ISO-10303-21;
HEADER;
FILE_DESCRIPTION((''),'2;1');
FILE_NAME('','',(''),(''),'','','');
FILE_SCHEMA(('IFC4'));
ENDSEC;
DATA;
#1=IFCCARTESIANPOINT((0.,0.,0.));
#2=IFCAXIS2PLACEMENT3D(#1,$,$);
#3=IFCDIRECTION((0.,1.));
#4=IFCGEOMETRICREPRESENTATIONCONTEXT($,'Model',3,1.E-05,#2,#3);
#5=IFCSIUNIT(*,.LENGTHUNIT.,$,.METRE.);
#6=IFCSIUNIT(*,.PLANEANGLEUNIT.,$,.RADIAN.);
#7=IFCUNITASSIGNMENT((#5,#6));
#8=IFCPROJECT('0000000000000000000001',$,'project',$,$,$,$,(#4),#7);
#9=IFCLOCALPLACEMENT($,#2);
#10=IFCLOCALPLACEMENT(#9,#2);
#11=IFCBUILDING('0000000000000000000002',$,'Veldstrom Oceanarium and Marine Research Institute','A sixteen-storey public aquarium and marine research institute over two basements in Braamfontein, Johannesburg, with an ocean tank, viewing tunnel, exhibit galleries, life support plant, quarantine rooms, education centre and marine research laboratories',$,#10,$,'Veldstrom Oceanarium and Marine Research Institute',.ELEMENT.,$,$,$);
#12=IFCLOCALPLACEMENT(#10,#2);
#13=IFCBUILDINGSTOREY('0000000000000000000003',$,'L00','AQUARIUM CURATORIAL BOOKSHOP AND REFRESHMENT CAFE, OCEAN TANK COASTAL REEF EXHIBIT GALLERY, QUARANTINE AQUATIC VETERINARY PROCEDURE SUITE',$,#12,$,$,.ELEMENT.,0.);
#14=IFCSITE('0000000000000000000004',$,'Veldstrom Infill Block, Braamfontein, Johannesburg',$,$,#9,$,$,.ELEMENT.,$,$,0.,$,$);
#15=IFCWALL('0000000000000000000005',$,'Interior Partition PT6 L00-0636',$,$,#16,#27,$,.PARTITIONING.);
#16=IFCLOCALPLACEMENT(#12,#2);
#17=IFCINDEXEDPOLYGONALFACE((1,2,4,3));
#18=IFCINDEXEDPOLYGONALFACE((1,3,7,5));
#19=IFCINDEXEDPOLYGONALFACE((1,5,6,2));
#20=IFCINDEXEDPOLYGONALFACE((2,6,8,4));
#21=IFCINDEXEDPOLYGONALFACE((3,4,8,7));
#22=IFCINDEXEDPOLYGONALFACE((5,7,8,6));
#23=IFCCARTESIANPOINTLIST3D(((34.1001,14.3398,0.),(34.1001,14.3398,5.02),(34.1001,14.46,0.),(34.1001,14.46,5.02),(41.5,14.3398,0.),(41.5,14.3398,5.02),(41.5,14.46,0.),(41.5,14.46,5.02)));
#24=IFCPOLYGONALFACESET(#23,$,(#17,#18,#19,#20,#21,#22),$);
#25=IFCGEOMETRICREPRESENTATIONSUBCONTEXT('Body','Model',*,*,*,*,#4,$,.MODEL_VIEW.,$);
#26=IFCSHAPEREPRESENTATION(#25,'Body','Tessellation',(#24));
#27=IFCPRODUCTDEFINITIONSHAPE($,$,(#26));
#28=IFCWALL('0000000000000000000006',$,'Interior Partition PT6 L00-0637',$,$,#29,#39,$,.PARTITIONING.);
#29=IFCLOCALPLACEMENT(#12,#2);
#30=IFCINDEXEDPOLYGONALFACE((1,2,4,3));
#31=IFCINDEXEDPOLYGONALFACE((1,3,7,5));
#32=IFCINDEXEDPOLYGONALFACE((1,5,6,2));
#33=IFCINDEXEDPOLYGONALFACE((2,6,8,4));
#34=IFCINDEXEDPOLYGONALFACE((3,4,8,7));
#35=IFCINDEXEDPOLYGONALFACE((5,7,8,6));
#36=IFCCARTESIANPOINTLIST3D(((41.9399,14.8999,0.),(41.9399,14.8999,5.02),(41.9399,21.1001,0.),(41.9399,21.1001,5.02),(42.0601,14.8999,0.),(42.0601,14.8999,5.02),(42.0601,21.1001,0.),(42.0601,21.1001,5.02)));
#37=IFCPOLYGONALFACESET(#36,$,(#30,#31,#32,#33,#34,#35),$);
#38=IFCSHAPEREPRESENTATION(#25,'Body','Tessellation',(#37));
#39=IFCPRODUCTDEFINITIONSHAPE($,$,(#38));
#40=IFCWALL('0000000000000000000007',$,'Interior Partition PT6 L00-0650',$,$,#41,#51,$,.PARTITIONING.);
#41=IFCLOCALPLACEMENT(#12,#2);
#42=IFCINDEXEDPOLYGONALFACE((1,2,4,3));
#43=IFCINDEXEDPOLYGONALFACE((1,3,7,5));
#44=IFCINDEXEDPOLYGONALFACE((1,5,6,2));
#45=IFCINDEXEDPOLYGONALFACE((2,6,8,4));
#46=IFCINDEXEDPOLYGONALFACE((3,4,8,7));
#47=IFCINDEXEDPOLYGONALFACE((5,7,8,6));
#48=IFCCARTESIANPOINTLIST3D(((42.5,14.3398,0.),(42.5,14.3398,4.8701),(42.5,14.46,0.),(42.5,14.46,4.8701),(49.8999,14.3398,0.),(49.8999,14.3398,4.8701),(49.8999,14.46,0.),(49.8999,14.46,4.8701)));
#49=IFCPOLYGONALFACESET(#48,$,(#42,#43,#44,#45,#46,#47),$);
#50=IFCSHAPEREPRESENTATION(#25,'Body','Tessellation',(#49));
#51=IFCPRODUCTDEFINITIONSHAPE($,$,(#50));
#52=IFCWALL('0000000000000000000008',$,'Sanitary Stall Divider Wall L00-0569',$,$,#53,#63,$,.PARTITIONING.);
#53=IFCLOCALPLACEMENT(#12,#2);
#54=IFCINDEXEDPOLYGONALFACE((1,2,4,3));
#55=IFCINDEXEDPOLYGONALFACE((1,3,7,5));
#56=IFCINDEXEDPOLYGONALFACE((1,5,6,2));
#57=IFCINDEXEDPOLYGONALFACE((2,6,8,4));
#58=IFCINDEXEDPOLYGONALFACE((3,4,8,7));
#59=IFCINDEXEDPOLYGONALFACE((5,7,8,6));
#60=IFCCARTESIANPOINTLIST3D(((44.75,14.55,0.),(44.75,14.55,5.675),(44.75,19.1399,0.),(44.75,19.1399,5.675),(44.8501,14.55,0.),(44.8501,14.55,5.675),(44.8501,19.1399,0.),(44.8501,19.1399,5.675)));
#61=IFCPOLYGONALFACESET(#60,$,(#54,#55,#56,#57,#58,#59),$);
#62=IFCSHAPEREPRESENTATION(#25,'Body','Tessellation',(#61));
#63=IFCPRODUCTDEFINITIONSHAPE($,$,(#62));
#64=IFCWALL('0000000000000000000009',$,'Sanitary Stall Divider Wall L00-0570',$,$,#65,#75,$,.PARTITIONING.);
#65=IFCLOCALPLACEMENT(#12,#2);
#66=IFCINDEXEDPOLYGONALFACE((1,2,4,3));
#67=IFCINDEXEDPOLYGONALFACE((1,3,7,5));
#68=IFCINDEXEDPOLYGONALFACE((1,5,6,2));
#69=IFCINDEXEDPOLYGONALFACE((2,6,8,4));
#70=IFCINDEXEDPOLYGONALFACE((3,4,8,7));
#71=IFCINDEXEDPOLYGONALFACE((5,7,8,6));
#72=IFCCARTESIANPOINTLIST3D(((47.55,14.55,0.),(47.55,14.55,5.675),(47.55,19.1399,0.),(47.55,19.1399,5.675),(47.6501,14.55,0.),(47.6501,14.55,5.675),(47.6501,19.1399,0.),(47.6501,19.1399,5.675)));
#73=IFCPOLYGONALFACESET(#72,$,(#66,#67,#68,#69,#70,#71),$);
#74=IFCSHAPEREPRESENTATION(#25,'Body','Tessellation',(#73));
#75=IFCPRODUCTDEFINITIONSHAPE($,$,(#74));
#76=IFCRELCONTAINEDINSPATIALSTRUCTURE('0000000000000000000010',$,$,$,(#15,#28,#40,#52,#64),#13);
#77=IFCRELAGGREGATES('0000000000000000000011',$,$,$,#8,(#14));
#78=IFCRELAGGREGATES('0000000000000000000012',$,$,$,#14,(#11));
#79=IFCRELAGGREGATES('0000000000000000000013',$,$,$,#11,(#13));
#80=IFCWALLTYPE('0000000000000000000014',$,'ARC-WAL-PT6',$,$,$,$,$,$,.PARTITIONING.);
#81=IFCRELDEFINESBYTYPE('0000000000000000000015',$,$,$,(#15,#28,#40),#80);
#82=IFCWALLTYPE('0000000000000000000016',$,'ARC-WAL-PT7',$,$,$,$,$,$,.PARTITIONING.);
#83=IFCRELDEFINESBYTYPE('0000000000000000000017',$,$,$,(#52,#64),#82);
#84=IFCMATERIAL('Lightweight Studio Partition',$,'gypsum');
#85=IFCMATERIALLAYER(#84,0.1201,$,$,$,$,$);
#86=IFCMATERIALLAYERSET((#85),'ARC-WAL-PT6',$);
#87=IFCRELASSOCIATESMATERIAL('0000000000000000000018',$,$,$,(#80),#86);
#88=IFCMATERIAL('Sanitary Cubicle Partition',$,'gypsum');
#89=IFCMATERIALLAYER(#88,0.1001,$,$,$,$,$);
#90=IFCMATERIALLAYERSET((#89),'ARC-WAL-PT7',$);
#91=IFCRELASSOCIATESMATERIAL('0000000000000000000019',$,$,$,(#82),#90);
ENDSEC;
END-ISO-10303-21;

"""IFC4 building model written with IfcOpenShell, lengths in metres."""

from ifc_helpers import new_model, si_unit, direction, frame, frame_2d, origin, place, context, subcontext, project, spatial, rectangle, extrude, material, layer, layer_set, type_object, element, save


model = new_model("IFC4")

# Units and contexts
model_context = context("Model", 3, precision=1e-05, world=origin(), true_north=direction((0.0, 1.0)))
body_context = subcontext(model_context, "Body", "Model", "MODEL_VIEW")
ifc_project = project(units=[si_unit("LENGTHUNIT", "METRE"), si_unit("PLANEANGLEUNIT", "RADIAN")], contexts=[model_context])

# Site, building, storey
site_placement = place(None, origin())
site = spatial("IfcSite", under=ifc_project, at=site_placement, Name="Veldstrom Infill Block, Braamfontein, Johannesburg", CompositionType="ELEMENT", RefElevation=0.0)
building_placement = place(site_placement, origin())
building = spatial("IfcBuilding", under=site, at=building_placement, Name="Veldstrom Oceanarium and Marine Research Institute", Description="A sixteen-storey public aquarium and marine research institute over two basements in Braamfontein, Johannesburg, with an ocean tank, viewing tunnel, exhibit galleries, life support plant, quarantine rooms, education centre and marine research laboratories", LongName="Veldstrom Oceanarium and Marine Research Institute", CompositionType="ELEMENT")
storey_placement = place(building_placement, origin())
storey = spatial("IfcBuildingStorey", under=building, at=storey_placement, Name="L00", Description="AQUARIUM CURATORIAL BOOKSHOP AND REFRESHMENT CAFE, OCEAN TANK COASTAL REEF EXHIBIT GALLERY, QUARANTINE AQUATIC VETERINARY PROCEDURE SUITE", CompositionType="ELEMENT", Elevation=0.0)

# Shared definitions
ifc_material_1 = material(Name="Lightweight Studio Partition", Category="gypsum")
ifc_layer_1 = layer(ifc_material_1, 0.1201)
ifc_layer_set_1 = layer_set([ifc_layer_1], Name="ARC-WAL-PT6")
wall_type_1 = type_object("IfcWallType", Name="ARC-WAL-PT6", PredefinedType="PARTITIONING", material=ifc_layer_set_1)

# Walls
wall_1_placement = place(storey_placement, frame((34.1001, 14.3999, 0.0), z_axis=(0.0, 0.0, 1.0), x_axis=(1.0, 0.0, 0.0)))
element("IfcWall", 1, at=wall_1_placement, inside=storey, type_object=wall_type_1, Name="Interior Partition PT6 L00-0636", PredefinedType="PARTITIONING", context=body_context, shape_type="SweptSolid", body=[
    extrude(rectangle(XDim=7.3999, YDim=0.1201, at=frame_2d((3.7, 0.0))), origin(), (0.0, 0.0, 1.0), 5.02),
])
wall_2_placement = place(storey_placement, frame((42.0, 14.8999, 0.0), z_axis=(0.0, 0.0, 1.0), x_axis=(0.0, 1.0, 0.0)))
element("IfcWall", 2, at=wall_2_placement, inside=storey, type_object=wall_type_1, Name="Interior Partition PT6 L00-0637", PredefinedType="PARTITIONING", context=body_context, shape_type="SweptSolid", body=[
    extrude(rectangle(XDim=6.2002, YDim=0.1201, at=frame_2d((3.1001, 0.0))), origin(), (0.0, 0.0, 1.0), 5.02),
])
wall_3_placement = place(storey_placement, frame((42.5, 14.3999, 0.0), z_axis=(0.0, 0.0, 1.0), x_axis=(1.0, 0.0, 0.0)))
element("IfcWall", 3, at=wall_3_placement, inside=storey, type_object=wall_type_1, Name="Interior Partition PT6 L00-0650", PredefinedType="PARTITIONING", context=body_context, shape_type="SweptSolid", body=[
    extrude(rectangle(XDim=7.3999, YDim=0.1201, at=frame_2d((3.7, 0.0))), origin(), (0.0, 0.0, 1.0), 4.8701),
])
ifc_material_2 = material(Name="Sanitary Cubicle Partition", Category="gypsum")
ifc_layer_2 = layer(ifc_material_2, 0.1001)
ifc_layer_set_2 = layer_set([ifc_layer_2], Name="ARC-WAL-PT7")
wall_type_2 = type_object("IfcWallType", Name="ARC-WAL-PT7", PredefinedType="PARTITIONING", material=ifc_layer_set_2)
for number, where, z_axis, x_axis, name in (
    (4, (44.8, 14.55, 0.0), (0.0, 0.0, 1.0), (0.0, 1.0, 0.0), "Sanitary Stall Divider Wall L00-0569"),
    (5, (47.6001, 14.55, 0.0), (0.0, 0.0, 1.0), (0.0, 1.0, 0.0), "Sanitary Stall Divider Wall L00-0570"),
):
    element("IfcWall", number, at=place(storey_placement, frame(where, z_axis=z_axis, x_axis=x_axis)), inside=storey, type_object=wall_type_2, Name=name, PredefinedType="PARTITIONING", context=body_context, shape_type="SweptSolid", body=[
        extrude(rectangle(XDim=4.5898, YDim=0.1001, at=frame_2d((2.2949, 0.0))), origin(), (0.0, 0.0, 1.0), 5.675),
    ])

save(model, "model.ifc")
